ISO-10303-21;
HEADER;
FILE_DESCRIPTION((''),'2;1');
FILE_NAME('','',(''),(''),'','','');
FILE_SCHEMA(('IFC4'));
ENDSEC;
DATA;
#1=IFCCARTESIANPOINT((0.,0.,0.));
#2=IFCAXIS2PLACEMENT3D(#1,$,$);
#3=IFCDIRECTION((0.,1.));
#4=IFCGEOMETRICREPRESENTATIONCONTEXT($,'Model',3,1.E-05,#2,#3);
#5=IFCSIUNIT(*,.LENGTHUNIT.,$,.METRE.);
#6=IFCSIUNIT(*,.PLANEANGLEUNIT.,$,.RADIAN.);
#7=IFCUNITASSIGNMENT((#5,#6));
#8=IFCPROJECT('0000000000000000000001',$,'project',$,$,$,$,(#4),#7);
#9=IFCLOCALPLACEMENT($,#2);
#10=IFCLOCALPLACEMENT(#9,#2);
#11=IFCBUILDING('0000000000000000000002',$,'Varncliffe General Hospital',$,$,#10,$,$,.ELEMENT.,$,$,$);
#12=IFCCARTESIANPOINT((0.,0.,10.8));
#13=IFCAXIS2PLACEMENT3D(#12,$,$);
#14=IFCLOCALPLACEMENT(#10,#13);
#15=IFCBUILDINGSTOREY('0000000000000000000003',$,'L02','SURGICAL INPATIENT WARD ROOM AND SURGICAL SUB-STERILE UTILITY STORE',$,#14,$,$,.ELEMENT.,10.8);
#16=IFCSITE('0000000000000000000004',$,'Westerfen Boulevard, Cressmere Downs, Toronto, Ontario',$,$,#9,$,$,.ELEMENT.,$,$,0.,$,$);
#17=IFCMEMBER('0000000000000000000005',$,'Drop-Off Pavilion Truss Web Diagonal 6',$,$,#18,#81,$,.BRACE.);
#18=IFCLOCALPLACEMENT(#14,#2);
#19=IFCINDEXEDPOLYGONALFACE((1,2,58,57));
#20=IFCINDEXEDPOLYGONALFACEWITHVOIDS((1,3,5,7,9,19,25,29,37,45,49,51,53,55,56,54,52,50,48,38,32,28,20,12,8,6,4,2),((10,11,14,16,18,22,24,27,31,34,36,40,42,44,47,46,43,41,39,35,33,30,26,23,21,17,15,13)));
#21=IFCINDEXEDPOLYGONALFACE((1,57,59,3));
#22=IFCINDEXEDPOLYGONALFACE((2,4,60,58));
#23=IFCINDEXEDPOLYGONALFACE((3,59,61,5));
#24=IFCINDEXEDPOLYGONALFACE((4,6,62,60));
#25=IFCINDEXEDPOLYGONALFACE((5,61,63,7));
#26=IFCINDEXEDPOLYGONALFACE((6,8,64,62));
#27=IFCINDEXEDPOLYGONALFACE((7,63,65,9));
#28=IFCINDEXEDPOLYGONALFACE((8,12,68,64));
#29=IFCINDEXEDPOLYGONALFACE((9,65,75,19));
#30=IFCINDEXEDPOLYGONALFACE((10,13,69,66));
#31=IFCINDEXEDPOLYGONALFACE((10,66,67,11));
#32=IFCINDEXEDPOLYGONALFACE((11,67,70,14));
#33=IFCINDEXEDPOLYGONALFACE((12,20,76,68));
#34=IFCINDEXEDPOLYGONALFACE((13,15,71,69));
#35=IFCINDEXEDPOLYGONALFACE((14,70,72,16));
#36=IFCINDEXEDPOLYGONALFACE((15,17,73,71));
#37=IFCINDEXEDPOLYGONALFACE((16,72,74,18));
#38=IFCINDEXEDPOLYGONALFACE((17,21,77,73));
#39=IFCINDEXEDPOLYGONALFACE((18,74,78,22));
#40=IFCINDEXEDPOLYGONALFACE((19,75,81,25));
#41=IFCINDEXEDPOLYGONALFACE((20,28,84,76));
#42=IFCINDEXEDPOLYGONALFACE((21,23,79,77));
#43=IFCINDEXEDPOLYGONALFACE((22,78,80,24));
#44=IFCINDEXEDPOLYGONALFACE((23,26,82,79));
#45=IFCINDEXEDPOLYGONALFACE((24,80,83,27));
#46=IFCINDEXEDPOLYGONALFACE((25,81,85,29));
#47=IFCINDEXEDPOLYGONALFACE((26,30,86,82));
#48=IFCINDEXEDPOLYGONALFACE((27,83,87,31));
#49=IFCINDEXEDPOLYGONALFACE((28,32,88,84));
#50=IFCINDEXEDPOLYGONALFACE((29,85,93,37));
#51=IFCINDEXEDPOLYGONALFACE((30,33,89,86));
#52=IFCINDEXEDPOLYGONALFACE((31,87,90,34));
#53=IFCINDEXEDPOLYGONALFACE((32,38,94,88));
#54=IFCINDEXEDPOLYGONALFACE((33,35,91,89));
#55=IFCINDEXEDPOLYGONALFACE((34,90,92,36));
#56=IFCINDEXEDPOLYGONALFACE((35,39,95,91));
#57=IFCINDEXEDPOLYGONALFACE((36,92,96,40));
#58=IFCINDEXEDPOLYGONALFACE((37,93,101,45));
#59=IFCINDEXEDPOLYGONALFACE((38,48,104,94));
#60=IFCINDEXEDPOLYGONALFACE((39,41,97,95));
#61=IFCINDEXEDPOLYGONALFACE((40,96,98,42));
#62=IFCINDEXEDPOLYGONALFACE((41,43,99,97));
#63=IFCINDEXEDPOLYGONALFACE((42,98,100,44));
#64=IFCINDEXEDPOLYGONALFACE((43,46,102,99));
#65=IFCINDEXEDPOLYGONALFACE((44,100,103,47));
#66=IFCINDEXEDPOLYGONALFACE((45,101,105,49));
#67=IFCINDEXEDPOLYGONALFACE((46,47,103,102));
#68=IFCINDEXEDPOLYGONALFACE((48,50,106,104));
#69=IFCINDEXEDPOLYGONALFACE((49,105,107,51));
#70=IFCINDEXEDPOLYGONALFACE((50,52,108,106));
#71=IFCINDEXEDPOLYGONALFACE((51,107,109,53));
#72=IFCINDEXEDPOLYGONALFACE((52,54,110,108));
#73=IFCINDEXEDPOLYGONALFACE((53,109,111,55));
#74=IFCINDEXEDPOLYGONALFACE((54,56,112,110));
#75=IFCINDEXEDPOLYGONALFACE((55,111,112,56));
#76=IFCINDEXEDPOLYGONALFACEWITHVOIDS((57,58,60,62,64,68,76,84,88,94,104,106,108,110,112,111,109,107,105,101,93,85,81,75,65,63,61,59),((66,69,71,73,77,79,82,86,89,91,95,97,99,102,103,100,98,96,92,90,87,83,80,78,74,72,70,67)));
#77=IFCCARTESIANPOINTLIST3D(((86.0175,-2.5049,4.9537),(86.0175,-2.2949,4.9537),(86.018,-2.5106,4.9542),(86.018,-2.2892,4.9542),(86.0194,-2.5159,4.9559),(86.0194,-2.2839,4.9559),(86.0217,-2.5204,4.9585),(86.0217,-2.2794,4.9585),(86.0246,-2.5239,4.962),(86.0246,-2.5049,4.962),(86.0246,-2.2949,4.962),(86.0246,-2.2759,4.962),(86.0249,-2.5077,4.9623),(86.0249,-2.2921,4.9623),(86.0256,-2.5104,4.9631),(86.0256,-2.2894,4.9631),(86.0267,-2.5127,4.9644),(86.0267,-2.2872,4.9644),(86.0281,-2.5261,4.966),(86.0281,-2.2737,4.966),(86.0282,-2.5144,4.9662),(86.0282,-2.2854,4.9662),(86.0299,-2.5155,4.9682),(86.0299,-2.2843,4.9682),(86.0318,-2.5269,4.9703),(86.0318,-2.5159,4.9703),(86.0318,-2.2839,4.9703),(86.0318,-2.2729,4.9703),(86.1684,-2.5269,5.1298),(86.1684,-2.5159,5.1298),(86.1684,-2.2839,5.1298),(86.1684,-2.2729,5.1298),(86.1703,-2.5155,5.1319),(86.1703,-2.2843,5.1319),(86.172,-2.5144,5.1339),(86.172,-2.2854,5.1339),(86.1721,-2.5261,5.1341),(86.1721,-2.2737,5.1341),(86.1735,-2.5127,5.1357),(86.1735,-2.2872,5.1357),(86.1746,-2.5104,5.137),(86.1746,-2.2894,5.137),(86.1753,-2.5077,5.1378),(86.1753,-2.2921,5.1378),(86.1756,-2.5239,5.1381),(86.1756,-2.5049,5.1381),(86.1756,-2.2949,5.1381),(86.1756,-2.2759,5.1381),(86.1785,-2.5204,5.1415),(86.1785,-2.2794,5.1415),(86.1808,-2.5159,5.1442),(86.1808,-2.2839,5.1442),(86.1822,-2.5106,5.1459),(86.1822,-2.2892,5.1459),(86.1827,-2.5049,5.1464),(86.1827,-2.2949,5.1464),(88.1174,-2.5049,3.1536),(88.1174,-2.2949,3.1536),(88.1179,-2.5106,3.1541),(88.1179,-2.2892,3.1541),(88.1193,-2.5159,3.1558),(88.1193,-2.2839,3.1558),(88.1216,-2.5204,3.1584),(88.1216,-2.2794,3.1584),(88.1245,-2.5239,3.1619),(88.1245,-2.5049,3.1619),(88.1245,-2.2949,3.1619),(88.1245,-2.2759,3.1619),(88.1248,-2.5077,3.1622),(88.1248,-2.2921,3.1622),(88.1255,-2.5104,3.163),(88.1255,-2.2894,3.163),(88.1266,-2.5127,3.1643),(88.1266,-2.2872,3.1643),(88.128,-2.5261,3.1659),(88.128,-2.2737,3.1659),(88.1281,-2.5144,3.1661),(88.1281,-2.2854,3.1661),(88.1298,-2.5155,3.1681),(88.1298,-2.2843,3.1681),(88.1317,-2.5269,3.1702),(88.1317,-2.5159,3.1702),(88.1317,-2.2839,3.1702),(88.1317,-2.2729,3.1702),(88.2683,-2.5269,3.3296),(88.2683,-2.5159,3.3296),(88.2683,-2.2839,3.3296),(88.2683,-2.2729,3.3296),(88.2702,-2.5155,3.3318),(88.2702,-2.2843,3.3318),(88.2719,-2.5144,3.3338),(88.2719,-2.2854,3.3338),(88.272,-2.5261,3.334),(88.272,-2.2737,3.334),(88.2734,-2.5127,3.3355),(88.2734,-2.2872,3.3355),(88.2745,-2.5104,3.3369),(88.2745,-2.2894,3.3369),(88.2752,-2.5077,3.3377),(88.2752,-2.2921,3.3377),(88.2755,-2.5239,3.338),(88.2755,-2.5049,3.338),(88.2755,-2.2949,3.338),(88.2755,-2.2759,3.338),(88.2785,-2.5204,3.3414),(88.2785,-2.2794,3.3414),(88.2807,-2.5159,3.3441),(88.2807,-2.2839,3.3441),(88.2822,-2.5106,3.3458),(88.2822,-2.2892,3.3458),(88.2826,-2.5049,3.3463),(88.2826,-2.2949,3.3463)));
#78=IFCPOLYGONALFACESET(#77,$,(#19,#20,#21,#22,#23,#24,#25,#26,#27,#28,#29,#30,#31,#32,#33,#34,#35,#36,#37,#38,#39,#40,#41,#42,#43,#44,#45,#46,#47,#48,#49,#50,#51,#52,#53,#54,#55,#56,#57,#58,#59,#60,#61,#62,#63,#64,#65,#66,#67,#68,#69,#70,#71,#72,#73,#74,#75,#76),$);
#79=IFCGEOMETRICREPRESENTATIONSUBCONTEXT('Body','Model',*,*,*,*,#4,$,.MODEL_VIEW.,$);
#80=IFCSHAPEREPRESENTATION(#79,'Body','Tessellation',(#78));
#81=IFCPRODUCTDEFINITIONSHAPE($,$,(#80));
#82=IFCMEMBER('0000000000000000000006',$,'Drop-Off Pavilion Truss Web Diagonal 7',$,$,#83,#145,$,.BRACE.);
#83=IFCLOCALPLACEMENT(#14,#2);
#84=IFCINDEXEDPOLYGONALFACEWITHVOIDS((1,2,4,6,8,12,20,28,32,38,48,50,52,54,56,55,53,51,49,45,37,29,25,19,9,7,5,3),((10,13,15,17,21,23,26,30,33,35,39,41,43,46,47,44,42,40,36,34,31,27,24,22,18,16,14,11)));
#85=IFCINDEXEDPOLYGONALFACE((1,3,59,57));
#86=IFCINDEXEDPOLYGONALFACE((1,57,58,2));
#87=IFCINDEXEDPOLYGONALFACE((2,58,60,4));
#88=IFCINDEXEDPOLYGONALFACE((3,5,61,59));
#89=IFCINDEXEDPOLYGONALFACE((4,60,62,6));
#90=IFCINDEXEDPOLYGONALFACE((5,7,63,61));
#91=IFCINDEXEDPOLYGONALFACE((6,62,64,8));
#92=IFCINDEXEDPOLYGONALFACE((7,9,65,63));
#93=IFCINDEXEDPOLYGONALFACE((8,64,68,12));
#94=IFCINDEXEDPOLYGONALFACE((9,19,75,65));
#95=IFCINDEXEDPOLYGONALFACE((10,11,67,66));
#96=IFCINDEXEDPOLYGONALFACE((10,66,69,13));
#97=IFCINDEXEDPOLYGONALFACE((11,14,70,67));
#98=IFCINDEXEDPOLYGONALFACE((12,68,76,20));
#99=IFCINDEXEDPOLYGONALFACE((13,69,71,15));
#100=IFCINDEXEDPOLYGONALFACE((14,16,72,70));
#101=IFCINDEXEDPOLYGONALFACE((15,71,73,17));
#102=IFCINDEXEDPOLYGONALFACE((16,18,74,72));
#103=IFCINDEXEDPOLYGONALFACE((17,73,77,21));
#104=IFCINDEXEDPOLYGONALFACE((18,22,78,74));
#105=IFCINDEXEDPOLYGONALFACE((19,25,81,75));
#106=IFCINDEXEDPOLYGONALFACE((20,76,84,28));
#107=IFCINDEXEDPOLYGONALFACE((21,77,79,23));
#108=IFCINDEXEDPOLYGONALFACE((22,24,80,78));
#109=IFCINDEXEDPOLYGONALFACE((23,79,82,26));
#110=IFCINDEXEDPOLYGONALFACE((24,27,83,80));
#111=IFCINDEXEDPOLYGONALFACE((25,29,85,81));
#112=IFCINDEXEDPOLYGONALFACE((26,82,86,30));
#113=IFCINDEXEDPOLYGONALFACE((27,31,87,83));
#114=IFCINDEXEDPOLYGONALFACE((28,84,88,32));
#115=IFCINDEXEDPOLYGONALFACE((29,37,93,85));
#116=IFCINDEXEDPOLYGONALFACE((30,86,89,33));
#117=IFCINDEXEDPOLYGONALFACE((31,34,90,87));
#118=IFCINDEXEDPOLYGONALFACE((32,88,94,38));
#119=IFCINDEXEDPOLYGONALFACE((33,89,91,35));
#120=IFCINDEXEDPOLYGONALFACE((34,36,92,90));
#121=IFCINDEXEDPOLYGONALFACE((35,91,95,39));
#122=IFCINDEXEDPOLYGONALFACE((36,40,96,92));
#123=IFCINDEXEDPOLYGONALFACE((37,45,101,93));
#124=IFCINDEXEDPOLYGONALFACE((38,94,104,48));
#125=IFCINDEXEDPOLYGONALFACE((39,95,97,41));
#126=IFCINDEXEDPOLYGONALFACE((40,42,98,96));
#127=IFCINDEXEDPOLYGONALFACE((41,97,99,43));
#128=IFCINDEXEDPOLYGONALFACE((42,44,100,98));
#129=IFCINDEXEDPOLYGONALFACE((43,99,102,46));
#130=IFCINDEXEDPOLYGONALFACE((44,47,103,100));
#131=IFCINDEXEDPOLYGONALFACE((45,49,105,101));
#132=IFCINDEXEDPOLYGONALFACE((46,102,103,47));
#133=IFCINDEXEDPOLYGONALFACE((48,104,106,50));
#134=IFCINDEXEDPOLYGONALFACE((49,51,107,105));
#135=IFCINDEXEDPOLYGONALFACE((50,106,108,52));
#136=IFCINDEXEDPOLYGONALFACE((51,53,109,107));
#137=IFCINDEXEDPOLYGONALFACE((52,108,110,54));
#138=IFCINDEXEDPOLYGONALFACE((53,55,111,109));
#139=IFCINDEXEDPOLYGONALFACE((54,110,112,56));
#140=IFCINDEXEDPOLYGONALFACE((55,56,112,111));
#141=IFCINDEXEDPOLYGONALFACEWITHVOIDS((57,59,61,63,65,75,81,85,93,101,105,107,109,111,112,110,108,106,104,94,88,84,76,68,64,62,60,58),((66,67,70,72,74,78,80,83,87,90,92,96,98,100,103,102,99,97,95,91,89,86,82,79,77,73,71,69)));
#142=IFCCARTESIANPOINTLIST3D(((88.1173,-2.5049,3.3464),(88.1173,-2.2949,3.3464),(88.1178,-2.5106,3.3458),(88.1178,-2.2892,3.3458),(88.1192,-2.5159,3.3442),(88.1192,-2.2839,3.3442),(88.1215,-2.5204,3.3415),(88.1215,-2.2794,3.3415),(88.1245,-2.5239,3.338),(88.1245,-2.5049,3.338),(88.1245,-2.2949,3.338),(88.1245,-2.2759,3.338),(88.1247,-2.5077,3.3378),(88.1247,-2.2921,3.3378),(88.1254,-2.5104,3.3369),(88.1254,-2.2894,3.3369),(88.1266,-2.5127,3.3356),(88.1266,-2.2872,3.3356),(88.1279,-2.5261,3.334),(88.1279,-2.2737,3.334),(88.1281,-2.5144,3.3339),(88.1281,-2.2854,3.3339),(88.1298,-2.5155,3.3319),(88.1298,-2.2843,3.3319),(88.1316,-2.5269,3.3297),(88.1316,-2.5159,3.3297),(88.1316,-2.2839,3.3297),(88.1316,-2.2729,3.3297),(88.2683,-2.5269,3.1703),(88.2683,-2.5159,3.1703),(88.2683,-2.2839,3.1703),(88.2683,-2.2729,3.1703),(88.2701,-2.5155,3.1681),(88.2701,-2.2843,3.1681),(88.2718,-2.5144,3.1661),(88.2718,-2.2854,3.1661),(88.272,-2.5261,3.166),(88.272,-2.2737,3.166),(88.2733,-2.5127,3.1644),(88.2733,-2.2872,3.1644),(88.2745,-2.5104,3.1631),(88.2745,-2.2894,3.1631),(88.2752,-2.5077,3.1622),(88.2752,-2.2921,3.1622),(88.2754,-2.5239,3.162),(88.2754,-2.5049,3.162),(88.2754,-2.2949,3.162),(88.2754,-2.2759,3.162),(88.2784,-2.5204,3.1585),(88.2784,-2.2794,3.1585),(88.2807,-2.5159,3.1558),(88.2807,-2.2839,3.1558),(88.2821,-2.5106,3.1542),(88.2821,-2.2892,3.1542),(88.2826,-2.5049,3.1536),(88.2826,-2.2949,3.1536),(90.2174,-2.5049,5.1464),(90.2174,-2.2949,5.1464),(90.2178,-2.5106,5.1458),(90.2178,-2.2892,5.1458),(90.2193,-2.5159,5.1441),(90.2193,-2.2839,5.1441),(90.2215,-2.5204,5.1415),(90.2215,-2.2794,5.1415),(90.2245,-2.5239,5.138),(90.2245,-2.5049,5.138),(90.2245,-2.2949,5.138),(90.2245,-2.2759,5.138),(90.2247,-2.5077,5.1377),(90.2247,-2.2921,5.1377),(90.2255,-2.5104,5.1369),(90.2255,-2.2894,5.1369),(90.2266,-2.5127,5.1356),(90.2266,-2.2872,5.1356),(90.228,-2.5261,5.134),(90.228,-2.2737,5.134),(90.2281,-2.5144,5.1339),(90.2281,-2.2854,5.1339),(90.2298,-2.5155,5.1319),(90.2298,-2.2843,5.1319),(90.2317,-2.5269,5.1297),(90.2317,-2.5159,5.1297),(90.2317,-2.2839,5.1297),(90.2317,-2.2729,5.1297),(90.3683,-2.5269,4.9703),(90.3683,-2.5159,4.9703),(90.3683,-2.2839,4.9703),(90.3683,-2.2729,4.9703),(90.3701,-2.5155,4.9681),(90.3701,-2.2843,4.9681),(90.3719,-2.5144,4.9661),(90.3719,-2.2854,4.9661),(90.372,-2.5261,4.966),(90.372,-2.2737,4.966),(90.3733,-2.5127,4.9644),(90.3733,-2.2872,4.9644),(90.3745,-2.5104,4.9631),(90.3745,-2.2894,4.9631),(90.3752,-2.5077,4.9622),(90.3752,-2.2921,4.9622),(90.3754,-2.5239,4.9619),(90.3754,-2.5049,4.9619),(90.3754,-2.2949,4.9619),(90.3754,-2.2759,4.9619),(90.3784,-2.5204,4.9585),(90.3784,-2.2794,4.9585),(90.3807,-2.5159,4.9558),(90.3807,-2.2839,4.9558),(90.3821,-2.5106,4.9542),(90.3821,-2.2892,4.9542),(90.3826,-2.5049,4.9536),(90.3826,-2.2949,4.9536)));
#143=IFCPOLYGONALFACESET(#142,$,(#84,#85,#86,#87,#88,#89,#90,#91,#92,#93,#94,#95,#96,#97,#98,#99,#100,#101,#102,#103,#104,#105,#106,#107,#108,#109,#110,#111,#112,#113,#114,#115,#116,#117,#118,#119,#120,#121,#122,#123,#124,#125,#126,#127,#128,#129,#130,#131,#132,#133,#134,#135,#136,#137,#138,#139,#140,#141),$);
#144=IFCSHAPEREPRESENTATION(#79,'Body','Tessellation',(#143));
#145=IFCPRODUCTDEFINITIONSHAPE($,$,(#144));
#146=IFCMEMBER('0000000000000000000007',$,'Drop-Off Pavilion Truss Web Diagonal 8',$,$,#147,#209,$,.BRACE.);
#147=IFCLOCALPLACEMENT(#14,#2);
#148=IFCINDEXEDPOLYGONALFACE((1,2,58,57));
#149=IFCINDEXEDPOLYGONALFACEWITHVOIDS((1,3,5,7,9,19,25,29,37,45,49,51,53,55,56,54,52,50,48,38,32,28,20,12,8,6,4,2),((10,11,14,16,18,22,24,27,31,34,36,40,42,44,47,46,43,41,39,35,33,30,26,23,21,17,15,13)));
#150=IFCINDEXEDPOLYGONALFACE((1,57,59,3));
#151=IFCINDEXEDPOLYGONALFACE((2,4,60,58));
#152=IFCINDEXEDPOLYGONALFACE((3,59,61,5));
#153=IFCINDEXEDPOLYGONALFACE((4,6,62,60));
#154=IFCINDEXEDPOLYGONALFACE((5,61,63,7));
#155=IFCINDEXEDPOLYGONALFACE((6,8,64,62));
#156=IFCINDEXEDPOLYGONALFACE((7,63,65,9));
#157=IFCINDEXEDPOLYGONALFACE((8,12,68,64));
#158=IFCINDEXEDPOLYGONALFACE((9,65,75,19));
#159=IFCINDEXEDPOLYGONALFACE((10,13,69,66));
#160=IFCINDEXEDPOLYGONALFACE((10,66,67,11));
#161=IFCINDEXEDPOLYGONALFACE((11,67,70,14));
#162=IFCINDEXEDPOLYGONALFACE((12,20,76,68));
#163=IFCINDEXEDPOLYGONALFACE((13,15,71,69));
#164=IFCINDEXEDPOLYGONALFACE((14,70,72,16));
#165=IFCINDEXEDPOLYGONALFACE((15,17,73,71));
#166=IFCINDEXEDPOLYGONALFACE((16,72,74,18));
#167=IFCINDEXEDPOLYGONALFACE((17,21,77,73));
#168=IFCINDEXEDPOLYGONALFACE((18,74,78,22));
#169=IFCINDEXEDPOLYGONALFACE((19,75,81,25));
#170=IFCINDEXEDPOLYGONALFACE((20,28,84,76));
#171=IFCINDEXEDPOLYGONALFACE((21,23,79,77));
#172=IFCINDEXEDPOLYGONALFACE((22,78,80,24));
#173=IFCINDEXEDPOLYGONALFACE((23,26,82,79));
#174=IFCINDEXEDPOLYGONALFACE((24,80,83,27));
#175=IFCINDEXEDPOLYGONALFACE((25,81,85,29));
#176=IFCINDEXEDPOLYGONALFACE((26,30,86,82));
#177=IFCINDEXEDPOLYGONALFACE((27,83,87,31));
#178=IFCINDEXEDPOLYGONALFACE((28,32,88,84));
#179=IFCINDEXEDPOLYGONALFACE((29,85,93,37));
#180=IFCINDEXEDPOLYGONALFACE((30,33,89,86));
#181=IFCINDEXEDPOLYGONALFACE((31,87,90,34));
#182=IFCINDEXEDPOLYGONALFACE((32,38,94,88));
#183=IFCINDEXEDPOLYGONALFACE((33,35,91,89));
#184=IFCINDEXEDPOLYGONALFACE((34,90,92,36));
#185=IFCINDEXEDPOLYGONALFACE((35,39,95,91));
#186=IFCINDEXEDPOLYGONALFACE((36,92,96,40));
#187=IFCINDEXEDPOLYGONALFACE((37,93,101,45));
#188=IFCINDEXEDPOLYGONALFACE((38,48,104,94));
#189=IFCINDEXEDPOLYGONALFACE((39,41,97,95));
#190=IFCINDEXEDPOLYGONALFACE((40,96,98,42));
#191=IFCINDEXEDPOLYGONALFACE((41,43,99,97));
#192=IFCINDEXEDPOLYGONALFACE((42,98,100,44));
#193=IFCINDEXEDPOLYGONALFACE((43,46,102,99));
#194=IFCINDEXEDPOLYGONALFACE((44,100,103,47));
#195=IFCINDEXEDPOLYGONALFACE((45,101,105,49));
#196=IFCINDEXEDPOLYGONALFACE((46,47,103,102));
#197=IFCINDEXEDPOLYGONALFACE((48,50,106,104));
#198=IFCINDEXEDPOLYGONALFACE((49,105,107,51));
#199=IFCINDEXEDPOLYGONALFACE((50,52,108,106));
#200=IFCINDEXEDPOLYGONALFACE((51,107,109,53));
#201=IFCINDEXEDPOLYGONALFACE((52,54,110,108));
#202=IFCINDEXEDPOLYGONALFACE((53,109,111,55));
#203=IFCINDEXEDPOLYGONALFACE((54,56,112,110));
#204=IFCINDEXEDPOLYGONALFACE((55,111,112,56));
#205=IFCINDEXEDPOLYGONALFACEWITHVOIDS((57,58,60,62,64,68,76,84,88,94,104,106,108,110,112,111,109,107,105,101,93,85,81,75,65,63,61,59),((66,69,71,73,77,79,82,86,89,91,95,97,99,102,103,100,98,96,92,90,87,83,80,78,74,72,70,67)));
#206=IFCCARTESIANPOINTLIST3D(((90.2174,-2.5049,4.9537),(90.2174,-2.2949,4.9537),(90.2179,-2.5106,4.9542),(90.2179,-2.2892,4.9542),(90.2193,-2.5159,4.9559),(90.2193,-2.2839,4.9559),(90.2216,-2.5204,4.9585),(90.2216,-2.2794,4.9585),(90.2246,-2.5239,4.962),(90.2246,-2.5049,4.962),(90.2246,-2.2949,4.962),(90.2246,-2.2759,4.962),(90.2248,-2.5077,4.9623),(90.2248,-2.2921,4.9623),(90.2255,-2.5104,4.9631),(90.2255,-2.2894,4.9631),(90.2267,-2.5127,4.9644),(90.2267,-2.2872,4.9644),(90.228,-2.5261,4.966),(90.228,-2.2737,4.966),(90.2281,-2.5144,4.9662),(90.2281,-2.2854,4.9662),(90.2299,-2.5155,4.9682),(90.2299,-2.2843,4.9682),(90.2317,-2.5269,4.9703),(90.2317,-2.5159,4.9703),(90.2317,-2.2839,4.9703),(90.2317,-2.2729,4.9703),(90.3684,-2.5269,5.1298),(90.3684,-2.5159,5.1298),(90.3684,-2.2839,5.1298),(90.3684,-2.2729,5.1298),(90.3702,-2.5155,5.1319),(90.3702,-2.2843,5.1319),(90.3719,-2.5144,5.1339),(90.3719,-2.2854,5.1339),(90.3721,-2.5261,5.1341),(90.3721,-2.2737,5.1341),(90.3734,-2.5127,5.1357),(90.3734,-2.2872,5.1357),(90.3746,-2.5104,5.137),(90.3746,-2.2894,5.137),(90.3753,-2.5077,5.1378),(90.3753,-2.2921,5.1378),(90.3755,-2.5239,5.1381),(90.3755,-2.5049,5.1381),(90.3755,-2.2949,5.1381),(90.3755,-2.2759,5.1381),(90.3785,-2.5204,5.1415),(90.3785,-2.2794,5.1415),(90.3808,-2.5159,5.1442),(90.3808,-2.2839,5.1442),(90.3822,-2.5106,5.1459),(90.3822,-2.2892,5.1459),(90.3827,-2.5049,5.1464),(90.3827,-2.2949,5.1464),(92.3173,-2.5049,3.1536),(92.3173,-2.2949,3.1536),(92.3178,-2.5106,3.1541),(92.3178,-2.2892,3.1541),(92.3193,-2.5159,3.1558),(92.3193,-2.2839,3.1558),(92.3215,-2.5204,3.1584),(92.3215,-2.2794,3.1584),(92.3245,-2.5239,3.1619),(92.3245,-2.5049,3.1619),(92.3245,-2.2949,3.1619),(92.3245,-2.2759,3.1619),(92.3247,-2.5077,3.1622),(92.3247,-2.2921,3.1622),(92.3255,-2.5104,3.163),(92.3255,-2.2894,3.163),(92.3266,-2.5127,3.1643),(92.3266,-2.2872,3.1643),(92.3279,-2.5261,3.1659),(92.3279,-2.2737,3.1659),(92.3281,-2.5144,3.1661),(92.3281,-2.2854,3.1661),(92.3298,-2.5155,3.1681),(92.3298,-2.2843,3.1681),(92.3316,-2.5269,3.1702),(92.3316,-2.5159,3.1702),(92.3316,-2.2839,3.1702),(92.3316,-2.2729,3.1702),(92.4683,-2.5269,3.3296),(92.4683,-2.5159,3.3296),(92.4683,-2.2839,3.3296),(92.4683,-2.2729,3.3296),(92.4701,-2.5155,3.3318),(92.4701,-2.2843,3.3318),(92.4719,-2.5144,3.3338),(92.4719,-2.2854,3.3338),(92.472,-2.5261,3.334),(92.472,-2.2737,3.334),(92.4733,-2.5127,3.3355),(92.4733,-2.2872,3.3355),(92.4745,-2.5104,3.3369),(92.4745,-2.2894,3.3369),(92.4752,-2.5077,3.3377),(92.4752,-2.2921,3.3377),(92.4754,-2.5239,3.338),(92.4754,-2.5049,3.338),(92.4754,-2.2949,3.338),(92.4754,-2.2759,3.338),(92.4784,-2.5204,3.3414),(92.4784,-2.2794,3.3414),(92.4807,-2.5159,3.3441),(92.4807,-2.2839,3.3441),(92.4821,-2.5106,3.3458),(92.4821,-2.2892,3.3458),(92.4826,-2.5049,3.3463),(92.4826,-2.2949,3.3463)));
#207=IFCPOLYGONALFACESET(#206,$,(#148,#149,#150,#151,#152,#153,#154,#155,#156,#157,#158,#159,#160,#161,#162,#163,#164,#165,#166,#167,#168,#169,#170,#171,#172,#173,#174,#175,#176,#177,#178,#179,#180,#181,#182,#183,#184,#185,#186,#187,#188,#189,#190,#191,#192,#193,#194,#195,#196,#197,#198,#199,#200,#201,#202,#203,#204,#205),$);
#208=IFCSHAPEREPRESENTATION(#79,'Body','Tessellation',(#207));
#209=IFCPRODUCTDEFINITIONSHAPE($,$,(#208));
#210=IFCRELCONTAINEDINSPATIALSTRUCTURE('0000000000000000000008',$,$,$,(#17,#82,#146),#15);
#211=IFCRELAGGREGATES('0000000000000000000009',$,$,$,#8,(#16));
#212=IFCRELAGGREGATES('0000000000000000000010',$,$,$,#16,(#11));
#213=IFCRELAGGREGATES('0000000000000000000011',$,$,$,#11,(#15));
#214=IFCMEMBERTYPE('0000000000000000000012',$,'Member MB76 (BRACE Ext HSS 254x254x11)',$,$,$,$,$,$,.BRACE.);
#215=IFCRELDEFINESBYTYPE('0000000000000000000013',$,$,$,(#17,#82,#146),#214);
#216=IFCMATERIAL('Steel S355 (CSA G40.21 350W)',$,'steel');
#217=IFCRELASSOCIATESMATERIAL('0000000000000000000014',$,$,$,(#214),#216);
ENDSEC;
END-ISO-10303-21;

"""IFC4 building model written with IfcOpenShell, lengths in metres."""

from ifc_helpers import new_model, si_unit, direction, frame, origin, origin_2d, place, context, subcontext, project, spatial, hollow_rectangle, extrude, material, material_profile, profile_set, type_object, element, save


model = new_model("IFC4")

# Units and contexts
model_context = context("Model", 3, precision=1e-05, world=origin(), true_north=direction((0.0, 1.0)))
body_context = subcontext(model_context, "Body", "Model", "MODEL_VIEW")
ifc_project = project(units=[si_unit("LENGTHUNIT", "METRE"), si_unit("PLANEANGLEUNIT", "RADIAN")], contexts=[model_context])

# Site, building, storey
site_placement = place(None, origin())
site = spatial("IfcSite", under=ifc_project, at=site_placement, Name="Westerfen Boulevard, Cressmere Downs, Toronto, Ontario", CompositionType="ELEMENT", RefElevation=0.0)
building_placement = place(site_placement, origin())
building = spatial("IfcBuilding", under=site, at=building_placement, Name="Varncliffe General Hospital", CompositionType="ELEMENT")
storey_placement = place(building_placement, frame((0.0, 0.0, 10.8)))
storey = spatial("IfcBuildingStorey", under=building, at=storey_placement, Name="L02", Description="SURGICAL INPATIENT WARD ROOM AND SURGICAL SUB-STERILE UTILITY STORE", CompositionType="ELEMENT", Elevation=10.8)

# Shared definitions
ifc_material_1 = material(Name="Steel S355 (CSA G40.21 350W)", Category="steel")

# Members
ifc_material_profile_1 = material_profile(ifc_material_1, hollow_rectangle(XDim=0.2539, YDim=0.2539, WallThickness=0.011, InnerFilletRadius=0.011, OuterFilletRadius=0.022, at=origin_2d()), Name="HSS 254x254x11")
ifc_profile_set_1 = profile_set([ifc_material_profile_1], Name="Steel S355 (CSA G40.21 350W)")
member_type = type_object("IfcMemberType", Name="Member MB76 (BRACE Ext HSS 254x254x11)", PredefinedType="BRACE", material=ifc_profile_set_1)
for number, where, z_axis, x_axis, name in (
    (1, (86.1001, -2.3999, 5.05), (0.759225, 0.0, -0.650828), (0.0, 1.0, 0.0), "Drop-Off Pavilion Truss Web Diagonal 6"),
    (2, (88.2, -2.3999, 3.25), (0.759263, 0.0, 0.650784), (0.0, 1.0, 0.0), "Drop-Off Pavilion Truss Web Diagonal 7"),
    (3, (90.3, -2.3999, 5.05), (0.759225, 0.0, -0.650828), (0.0, 1.0, 0.0), "Drop-Off Pavilion Truss Web Diagonal 8"),
):
    element("IfcMember", number, at=place(storey_placement, frame(where, z_axis=z_axis, x_axis=x_axis)), inside=storey, type_object=member_type, Name=name, PredefinedType="BRACE", context=body_context, shape_type="SweptSolid", body=[
        extrude(hollow_rectangle(XDim=0.2539, YDim=0.2539, WallThickness=0.011, InnerFilletRadius=0.011, OuterFilletRadius=0.022, at=origin_2d()), origin(), (0.0, 0.0, 1.0), 2.7659),
    ])

save(model, "model.ifc")
